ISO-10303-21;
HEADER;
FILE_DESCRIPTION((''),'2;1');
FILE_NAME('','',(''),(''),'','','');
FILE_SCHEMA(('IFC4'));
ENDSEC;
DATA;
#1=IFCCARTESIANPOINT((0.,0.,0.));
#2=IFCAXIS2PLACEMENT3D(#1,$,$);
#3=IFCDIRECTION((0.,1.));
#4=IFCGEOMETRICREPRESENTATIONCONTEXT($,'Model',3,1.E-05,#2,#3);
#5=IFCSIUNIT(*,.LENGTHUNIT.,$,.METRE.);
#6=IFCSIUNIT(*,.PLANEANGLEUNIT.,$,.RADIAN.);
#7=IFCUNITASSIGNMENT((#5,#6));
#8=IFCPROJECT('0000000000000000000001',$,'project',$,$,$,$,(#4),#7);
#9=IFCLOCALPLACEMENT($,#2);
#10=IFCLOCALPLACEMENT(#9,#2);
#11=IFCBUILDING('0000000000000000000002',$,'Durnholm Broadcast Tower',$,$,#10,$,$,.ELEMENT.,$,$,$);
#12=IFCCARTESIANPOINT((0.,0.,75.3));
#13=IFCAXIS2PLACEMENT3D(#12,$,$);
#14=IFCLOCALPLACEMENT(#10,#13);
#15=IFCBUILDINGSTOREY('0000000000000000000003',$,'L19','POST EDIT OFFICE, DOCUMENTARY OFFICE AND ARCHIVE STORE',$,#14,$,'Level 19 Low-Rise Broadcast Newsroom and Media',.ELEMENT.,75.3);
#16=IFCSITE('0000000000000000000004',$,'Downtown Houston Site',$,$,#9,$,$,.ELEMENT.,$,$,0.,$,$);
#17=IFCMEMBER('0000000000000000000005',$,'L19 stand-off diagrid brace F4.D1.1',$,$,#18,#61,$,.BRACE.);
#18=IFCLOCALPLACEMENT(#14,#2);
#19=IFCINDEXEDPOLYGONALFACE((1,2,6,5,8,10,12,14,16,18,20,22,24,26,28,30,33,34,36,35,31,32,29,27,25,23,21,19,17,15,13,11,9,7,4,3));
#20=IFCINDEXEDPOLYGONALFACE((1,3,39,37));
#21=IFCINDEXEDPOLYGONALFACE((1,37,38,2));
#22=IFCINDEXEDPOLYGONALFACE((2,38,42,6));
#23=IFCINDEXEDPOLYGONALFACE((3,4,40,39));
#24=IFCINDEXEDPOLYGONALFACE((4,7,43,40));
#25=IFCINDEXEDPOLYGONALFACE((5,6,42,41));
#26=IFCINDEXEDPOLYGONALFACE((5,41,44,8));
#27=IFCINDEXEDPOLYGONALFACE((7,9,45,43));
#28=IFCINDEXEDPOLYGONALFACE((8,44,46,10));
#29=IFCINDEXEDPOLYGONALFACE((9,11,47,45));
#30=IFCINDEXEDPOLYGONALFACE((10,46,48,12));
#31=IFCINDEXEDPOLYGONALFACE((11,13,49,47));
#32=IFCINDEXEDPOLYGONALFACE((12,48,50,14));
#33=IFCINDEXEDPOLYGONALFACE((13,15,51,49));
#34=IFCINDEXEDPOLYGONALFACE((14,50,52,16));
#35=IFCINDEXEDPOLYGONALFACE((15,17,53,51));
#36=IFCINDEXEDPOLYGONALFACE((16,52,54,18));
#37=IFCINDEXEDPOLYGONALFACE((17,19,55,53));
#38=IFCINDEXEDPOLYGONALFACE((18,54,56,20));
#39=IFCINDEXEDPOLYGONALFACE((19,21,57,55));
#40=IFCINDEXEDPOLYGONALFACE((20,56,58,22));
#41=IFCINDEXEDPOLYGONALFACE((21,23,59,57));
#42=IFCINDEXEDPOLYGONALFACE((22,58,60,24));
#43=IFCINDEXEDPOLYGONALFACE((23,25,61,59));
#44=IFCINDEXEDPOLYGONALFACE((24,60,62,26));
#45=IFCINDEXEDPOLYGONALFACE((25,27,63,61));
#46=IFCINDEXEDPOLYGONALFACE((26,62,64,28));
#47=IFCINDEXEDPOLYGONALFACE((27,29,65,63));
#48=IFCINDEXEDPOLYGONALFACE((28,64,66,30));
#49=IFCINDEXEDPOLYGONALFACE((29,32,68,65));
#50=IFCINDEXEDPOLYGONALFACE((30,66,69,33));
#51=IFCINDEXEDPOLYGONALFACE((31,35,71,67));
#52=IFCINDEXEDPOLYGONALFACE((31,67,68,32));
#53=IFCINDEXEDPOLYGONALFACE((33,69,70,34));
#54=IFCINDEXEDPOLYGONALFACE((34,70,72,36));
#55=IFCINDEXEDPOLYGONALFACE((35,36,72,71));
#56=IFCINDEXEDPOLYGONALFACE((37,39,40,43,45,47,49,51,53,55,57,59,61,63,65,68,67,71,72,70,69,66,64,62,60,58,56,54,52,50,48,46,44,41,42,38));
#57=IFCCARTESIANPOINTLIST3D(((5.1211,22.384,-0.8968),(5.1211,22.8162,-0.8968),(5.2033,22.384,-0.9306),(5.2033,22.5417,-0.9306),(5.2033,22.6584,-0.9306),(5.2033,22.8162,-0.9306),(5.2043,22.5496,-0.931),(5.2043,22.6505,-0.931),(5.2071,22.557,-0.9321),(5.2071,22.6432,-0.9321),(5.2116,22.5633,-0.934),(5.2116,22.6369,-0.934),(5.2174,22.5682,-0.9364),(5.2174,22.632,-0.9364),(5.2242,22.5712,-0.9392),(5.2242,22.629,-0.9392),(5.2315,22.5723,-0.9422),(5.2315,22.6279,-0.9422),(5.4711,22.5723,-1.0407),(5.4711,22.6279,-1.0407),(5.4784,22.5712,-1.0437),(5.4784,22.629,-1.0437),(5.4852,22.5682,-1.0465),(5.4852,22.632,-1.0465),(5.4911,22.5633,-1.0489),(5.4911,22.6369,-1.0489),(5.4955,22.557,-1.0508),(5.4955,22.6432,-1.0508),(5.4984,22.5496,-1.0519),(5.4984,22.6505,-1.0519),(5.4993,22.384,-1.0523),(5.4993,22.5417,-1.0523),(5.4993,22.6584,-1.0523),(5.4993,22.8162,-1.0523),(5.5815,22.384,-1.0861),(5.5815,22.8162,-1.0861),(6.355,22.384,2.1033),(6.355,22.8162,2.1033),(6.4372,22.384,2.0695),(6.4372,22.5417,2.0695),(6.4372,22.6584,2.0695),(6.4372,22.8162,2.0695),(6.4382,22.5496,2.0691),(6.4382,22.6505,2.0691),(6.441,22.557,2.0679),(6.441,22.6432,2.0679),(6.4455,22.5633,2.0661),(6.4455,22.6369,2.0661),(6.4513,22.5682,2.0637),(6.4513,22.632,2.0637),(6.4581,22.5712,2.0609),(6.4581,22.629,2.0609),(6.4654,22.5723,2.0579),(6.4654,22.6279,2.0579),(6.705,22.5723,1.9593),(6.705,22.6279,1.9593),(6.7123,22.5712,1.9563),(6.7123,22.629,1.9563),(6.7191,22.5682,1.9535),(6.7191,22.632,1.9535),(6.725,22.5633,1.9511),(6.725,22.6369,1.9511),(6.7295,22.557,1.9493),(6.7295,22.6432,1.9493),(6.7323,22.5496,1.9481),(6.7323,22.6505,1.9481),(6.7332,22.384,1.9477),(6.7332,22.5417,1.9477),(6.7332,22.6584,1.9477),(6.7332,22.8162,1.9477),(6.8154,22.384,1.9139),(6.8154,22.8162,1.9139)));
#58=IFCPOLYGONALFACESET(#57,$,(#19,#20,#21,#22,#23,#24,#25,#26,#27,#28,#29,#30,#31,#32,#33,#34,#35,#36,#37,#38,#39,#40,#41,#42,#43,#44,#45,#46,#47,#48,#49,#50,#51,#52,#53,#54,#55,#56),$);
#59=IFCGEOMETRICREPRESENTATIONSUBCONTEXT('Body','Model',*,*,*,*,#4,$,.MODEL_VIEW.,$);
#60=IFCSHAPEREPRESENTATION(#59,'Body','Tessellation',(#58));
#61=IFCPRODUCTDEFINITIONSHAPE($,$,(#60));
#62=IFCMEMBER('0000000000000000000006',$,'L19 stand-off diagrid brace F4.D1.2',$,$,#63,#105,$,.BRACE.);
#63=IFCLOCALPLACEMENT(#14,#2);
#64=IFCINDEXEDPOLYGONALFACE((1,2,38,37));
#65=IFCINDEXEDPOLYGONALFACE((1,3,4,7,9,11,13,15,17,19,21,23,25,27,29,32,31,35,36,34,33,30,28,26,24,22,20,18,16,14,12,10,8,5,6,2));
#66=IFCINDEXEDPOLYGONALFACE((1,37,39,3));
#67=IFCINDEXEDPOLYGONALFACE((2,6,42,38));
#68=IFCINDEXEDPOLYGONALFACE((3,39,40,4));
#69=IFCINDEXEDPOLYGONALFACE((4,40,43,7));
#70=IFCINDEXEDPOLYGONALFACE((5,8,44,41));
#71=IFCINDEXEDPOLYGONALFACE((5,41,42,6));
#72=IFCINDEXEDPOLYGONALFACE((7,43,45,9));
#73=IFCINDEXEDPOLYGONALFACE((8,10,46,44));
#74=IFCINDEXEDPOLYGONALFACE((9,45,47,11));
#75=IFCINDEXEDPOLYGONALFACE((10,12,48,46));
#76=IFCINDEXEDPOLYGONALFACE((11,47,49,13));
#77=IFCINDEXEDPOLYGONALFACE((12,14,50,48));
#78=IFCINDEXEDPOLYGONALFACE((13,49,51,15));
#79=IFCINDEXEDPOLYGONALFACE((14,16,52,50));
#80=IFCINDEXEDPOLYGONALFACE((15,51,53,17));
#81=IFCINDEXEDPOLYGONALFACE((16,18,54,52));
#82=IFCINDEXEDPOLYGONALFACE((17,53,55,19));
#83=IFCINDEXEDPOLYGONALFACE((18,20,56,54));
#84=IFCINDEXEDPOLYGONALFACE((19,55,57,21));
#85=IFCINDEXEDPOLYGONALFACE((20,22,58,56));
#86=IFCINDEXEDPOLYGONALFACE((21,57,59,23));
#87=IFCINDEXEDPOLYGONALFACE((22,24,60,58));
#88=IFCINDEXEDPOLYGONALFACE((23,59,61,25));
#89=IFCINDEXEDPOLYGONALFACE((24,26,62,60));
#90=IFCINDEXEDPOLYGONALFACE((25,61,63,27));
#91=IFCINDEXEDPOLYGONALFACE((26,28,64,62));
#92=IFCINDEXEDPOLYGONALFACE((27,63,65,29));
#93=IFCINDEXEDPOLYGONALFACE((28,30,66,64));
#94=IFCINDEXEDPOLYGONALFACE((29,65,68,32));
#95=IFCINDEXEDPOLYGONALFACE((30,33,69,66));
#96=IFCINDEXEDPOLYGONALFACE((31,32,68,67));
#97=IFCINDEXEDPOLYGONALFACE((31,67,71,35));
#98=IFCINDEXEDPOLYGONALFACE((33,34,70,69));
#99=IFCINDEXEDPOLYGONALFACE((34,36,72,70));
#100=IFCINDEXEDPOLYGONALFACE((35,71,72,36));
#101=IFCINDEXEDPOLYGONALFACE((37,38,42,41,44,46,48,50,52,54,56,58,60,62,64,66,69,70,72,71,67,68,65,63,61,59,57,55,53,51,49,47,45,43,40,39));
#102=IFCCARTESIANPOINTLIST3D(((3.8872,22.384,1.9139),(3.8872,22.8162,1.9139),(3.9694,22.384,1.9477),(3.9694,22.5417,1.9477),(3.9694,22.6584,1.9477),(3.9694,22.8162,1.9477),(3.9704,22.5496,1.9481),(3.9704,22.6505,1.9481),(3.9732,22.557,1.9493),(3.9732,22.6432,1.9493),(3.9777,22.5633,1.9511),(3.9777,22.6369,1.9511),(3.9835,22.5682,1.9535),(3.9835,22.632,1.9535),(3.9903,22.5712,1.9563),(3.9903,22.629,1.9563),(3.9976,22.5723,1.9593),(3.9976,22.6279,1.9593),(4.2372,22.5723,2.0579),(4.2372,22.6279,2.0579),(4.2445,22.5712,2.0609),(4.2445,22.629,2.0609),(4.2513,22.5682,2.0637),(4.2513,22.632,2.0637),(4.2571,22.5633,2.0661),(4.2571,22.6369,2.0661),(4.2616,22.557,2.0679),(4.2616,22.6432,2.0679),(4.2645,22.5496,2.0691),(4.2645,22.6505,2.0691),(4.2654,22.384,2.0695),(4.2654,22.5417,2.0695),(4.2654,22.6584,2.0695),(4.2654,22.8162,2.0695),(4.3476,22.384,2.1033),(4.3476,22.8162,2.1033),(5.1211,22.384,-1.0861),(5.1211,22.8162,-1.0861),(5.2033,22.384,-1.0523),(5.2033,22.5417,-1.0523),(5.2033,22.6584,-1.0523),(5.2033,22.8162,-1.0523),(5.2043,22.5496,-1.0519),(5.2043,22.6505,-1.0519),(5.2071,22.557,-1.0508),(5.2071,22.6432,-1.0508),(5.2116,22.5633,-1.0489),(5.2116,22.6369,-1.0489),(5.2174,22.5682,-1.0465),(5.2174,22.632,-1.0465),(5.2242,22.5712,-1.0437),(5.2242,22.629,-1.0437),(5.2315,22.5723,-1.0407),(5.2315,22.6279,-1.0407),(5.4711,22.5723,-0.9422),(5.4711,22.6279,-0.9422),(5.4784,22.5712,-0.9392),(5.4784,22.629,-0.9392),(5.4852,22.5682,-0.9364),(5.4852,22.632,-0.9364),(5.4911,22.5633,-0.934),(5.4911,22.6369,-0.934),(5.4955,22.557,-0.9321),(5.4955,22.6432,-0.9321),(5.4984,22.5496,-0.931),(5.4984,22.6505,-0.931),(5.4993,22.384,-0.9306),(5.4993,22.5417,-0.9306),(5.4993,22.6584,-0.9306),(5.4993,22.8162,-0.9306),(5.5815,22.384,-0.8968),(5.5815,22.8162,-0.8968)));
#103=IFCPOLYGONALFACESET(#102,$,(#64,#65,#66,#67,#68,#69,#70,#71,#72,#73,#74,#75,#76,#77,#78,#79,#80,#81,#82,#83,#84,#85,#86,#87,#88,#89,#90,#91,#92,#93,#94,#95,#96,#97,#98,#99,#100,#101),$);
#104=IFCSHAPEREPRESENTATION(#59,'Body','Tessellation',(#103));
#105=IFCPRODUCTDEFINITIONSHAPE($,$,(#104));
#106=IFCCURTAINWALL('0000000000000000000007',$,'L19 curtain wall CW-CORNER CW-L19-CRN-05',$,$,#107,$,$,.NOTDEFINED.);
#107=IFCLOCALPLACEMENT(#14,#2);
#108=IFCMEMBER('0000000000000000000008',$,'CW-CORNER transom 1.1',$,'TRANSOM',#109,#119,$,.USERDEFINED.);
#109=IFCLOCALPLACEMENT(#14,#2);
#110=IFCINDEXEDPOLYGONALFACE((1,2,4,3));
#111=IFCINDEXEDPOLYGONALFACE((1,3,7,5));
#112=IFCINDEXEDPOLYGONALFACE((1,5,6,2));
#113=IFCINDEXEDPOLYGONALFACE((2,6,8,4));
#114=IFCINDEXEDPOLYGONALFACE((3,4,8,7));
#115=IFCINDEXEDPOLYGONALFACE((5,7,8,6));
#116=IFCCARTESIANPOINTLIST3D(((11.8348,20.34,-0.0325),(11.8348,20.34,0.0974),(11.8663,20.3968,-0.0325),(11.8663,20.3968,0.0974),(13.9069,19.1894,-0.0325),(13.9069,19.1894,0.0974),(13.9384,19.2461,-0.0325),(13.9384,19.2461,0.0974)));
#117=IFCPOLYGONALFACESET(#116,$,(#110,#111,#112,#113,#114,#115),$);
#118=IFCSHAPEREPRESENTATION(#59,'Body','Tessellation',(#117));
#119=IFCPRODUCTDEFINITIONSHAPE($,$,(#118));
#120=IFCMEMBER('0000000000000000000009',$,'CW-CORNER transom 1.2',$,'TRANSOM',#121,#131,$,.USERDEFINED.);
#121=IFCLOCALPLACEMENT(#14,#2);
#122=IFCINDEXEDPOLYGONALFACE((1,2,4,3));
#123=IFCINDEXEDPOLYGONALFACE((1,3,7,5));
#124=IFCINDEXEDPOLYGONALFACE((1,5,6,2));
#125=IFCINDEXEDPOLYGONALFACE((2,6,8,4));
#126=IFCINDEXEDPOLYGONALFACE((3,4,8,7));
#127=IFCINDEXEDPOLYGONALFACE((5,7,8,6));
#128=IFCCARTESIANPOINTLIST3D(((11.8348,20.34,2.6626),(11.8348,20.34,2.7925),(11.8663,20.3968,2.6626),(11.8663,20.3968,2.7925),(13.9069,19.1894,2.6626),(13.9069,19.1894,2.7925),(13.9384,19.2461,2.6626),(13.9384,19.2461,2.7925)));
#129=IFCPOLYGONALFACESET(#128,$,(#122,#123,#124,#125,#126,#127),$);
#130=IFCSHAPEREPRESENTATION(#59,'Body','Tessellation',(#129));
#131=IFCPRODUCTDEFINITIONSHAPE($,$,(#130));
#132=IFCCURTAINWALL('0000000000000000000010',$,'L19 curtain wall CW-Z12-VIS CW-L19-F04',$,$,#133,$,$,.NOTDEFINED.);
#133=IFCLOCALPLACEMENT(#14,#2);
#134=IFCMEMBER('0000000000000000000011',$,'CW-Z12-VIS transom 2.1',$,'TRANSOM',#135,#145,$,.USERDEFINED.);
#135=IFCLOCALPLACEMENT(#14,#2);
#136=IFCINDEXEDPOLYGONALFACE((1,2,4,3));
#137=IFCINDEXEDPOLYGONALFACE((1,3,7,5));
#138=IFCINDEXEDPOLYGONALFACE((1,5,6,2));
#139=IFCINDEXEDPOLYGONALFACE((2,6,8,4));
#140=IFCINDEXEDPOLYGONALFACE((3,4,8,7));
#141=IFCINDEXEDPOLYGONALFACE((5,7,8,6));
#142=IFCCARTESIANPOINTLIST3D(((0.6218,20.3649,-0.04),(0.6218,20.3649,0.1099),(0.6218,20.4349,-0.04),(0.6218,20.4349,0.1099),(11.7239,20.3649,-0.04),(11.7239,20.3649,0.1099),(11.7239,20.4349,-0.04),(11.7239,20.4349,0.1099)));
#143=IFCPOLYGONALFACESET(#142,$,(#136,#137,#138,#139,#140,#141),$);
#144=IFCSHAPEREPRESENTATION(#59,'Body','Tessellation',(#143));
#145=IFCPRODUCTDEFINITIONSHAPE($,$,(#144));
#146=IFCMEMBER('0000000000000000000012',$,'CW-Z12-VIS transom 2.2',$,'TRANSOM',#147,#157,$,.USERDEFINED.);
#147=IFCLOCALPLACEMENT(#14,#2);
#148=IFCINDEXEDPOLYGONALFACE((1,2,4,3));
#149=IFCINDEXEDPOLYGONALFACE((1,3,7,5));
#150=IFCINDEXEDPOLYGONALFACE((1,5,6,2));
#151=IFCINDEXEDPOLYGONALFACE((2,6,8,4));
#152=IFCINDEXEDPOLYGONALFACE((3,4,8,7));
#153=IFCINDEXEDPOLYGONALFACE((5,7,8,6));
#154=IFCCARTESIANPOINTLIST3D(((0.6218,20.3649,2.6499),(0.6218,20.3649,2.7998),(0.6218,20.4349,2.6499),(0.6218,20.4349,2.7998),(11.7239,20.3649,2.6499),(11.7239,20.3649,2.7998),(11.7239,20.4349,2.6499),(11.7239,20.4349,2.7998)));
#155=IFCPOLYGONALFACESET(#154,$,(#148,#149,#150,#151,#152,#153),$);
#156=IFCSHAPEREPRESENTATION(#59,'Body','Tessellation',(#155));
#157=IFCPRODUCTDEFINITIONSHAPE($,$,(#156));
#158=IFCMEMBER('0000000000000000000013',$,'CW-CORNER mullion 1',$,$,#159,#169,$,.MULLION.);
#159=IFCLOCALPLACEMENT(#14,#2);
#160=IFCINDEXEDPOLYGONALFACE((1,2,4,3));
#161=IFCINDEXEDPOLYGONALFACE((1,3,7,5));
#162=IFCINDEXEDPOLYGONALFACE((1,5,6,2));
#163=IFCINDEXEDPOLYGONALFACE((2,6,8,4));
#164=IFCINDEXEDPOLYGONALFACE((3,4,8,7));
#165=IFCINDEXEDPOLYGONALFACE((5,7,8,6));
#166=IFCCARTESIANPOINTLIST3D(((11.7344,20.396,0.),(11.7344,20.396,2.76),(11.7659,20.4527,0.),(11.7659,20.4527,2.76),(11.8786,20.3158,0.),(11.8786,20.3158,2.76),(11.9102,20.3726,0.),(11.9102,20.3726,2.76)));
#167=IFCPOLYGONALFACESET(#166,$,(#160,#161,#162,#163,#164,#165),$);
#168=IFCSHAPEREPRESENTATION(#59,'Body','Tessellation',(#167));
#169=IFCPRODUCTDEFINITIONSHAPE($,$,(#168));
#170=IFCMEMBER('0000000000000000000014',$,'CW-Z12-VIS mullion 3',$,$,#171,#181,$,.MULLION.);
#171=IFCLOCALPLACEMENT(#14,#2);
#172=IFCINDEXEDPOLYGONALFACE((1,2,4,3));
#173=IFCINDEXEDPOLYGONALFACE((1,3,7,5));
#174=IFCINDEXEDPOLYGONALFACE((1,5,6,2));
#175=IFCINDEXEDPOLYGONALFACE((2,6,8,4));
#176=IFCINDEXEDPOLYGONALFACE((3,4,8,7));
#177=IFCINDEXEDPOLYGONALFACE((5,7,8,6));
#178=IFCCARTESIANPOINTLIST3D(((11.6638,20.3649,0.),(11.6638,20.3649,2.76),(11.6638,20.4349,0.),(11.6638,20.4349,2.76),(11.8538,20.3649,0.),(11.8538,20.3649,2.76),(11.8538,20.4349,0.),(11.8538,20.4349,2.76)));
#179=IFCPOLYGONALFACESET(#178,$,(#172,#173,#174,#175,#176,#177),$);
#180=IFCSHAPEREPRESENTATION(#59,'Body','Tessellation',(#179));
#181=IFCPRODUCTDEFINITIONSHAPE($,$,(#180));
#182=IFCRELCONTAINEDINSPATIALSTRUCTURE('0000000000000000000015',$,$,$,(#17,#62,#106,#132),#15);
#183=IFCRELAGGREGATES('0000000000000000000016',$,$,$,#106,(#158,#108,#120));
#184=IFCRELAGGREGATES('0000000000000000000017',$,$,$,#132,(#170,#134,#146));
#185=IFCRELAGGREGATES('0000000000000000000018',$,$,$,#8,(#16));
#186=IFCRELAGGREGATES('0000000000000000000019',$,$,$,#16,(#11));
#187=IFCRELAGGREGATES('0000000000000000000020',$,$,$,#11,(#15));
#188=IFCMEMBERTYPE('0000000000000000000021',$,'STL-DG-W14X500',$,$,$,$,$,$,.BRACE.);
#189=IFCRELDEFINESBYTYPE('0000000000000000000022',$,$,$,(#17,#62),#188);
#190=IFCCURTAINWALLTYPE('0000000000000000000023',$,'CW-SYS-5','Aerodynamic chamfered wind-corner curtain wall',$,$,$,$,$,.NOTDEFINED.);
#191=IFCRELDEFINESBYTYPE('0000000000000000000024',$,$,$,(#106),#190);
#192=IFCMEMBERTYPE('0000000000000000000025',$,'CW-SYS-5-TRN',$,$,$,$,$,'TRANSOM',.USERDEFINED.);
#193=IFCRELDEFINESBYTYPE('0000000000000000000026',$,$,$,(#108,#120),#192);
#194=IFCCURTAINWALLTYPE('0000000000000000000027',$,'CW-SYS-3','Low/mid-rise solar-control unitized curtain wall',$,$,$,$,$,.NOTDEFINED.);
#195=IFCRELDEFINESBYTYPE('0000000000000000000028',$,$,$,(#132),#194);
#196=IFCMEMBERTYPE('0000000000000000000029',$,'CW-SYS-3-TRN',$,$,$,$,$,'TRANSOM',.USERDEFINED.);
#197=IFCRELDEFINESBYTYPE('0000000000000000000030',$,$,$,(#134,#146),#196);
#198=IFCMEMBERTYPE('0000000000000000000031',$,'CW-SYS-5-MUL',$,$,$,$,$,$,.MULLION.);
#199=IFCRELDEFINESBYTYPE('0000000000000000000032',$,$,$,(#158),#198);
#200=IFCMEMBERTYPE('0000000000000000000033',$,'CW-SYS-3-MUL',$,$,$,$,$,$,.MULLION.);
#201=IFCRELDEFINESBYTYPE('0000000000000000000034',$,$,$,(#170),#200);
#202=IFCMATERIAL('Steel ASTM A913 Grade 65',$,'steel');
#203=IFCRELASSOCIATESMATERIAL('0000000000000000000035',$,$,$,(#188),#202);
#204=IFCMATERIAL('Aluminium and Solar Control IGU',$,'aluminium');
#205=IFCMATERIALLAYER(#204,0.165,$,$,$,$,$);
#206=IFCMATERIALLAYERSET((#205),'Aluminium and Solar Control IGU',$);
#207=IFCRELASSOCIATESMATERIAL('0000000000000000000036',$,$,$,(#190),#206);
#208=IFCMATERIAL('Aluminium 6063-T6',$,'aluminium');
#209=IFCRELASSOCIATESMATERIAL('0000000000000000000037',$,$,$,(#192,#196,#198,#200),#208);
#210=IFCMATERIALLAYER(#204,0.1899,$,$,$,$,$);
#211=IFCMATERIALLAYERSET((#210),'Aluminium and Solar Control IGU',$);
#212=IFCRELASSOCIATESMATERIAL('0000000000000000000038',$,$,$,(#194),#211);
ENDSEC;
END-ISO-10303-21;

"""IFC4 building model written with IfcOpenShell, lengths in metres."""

from ifc_helpers import new_model, si_unit, direction, frame, origin, origin_2d, place, context, subcontext, project, spatial, rectangle, i_section, extrude, source, transform, mapped, material, layer, layer_set, material_profile, profile_set, type_object, type_shapes, element, aggregate, save


model = new_model("IFC4")

# Units and contexts
model_context = context("Model", 3, precision=1e-05, world=origin(), true_north=direction((0.0, 1.0)))
body_context = subcontext(model_context, "Body", "Model", "MODEL_VIEW")
ifc_project = project(units=[si_unit("LENGTHUNIT", "METRE"), si_unit("PLANEANGLEUNIT", "RADIAN")], contexts=[model_context])

# Site, building, storey
site_placement = place(None, origin())
site = spatial("IfcSite", under=ifc_project, at=site_placement, Name="Downtown Houston Site", CompositionType="ELEMENT", RefElevation=0.0)
building_placement = place(site_placement, origin())
building = spatial("IfcBuilding", under=site, at=building_placement, Name="Durnholm Broadcast Tower", CompositionType="ELEMENT")
storey_placement = place(building_placement, frame((0.0, 0.0, 75.3)))
storey = spatial("IfcBuildingStorey", under=building, at=storey_placement, Name="L19", Description="POST EDIT OFFICE, DOCUMENTARY OFFICE AND ARCHIVE STORE", LongName="Level 19 Low-Rise Broadcast Newsroom and Media", CompositionType="ELEMENT", Elevation=75.3)

# Members
ifc_material_1 = material(Name="Steel ASTM A913 Grade 65", Category="steel")
ifc_material_profile_1 = material_profile(ifc_material_1, i_section(OverallWidth=0.4321, OverallDepth=0.4978, WebThickness=0.0557, FlangeThickness=0.0889, FilletRadius=0.0305, at=origin_2d()), Name="W14X500")
ifc_profile_set_1 = profile_set([ifc_material_profile_1], Name="Steel ASTM A913 Grade 65")
member_type_1 = type_object("IfcMemberType", Name="STL-DG-W14X500", PredefinedType="BRACE", material=ifc_profile_set_1)
shared_shape_1 = source(origin(), body_context, "Body", "SweptSolid", [
    extrude(i_section(OverallWidth=0.4321, OverallDepth=0.4978, WebThickness=0.0557, FlangeThickness=0.0889, FilletRadius=0.0305, at=origin_2d()), origin(), (0.0, 0.0, 1.0), 3.2439),
])
type_shapes(member_type_1, [shared_shape_1])
for number, where, z_axis, x_axis, name in (
    (1, (5.3513, 22.6001, -0.9915), (0.380379, 0.0, 0.924831), (0.0, 1.0, 0.0), "L19 stand-off diagrid brace F4.D1.1"),
    (2, (5.3513, 22.6001, -0.9915), (-0.380379, 0.0, 0.924831), (0.0, -1.0, 0.0), "L19 stand-off diagrid brace F4.D1.2"),
):
    element("IfcMember", number, at=place(storey_placement, frame(where, z_axis=z_axis, x_axis=x_axis)), inside=storey, type_object=member_type_1, Name=name, PredefinedType="BRACE", context=body_context, shape_type="MappedRepresentation", body=[
        mapped(shared_shape_1, transform((0.0, 0.0, 0.0), x_axis=(1.0, 0.0, 0.0), y_axis=(0.0, 1.0, 0.0), z_axis=(0.0, 0.0, 1.0), scale=1.0)),
    ])

# Curtain walls, members
ifc_material_2 = material(Name="Aluminium and Solar Control IGU", Category="aluminium")
ifc_layer_1 = layer(ifc_material_2, 0.165)
ifc_layer_set_1 = layer_set([ifc_layer_1], Name="Aluminium and Solar Control IGU")
curtain_wall_type_1 = type_object("IfcCurtainWallType", Name="CW-SYS-5", Description="Aerodynamic chamfered wind-corner curtain wall", PredefinedType="NOTDEFINED", material=ifc_layer_set_1)
curtain_wall_1_placement = place(storey_placement, origin())
curtain_wall_1 = element("IfcCurtainWall", 3, at=curtain_wall_1_placement, inside=storey, type_object=curtain_wall_type_1, Name="L19 curtain wall CW-CORNER CW-L19-CRN-05", PredefinedType="NOTDEFINED")
ifc_material_3 = material(Name="Aluminium 6063-T6", Category="aluminium")
ifc_material_profile_2 = material_profile(ifc_material_3, rectangle(XDim=0.0649, YDim=0.1299, at=origin_2d()), Name="CWT65X130")
ifc_profile_set_2 = profile_set([ifc_material_profile_2], Name="Aluminium 6063-T6")
member_type_2 = type_object("IfcMemberType", Name="CW-SYS-5-TRN", ElementType="TRANSOM", PredefinedType="USERDEFINED", material=ifc_profile_set_2)
shared_shape_2 = source(origin(), body_context, "Body", "SweptSolid", [
    extrude(rectangle(XDim=0.0649, YDim=0.1299, at=origin_2d()), origin(), (0.0, 0.0, 1.0), 2.3701),
])
type_shapes(member_type_2, [shared_shape_2])
member_1_placement = place(storey_placement, frame((11.8506, 20.3684, 0.0325), z_axis=(0.874245, -0.485485, 0.0), x_axis=(0.485485, 0.874245, 0.0)))
member_1 = element("IfcMember", 4, at=member_1_placement, type_object=member_type_2, Name="CW-CORNER transom 1.1", ObjectType="TRANSOM", PredefinedType="USERDEFINED", context=body_context, shape_type="MappedRepresentation", body=[
    mapped(shared_shape_2, transform((0.0, 0.0, 0.0), x_axis=(1.0, 0.0, 0.0), y_axis=(0.0, 1.0, 0.0), z_axis=(0.0, 0.0, 1.0), scale=1.0)),
])
member_2_placement = place(storey_placement, frame((11.8506, 20.3684, 2.7275), z_axis=(0.874245, -0.485485, 0.0), x_axis=(0.485485, 0.874245, 0.0)))
member_2 = element("IfcMember", 5, at=member_2_placement, type_object=member_type_2, Name="CW-CORNER transom 1.2", ObjectType="TRANSOM", PredefinedType="USERDEFINED", context=body_context, shape_type="MappedRepresentation", body=[
    mapped(shared_shape_2, transform((0.0, 0.0, 0.0), x_axis=(1.0, 0.0, 0.0), y_axis=(0.0, 1.0, 0.0), z_axis=(0.0, 0.0, 1.0), scale=1.0)),
])
ifc_layer_2 = layer(ifc_material_2, 0.1899)
ifc_layer_set_2 = layer_set([ifc_layer_2], Name="Aluminium and Solar Control IGU")
curtain_wall_type_2 = type_object("IfcCurtainWallType", Name="CW-SYS-3", Description="Low/mid-rise solar-control unitized curtain wall", PredefinedType="NOTDEFINED", material=ifc_layer_set_2)
curtain_wall_2_placement = place(storey_placement, origin())
curtain_wall_2 = element("IfcCurtainWall", 6, at=curtain_wall_2_placement, inside=storey, type_object=curtain_wall_type_2, Name="L19 curtain wall CW-Z12-VIS CW-L19-F04", PredefinedType="NOTDEFINED")
ifc_material_profile_3 = material_profile(ifc_material_3, rectangle(XDim=0.0701, YDim=0.1499, at=origin_2d()), Name="CWT70X150")
ifc_profile_set_3 = profile_set([ifc_material_profile_3], Name="Aluminium 6063-T6")
member_type_3 = type_object("IfcMemberType", Name="CW-SYS-3-TRN", ElementType="TRANSOM", PredefinedType="USERDEFINED", material=ifc_profile_set_3)
shared_shape_3 = source(origin(), body_context, "Body", "SweptSolid", [
    extrude(rectangle(XDim=0.0701, YDim=0.1499, at=origin_2d()), origin(), (0.0, 0.0, 1.0), 11.1021),
])
type_shapes(member_type_3, [shared_shape_3])
member_3_placement = place(storey_placement, frame((0.6218, 20.3999, 0.0349), z_axis=(1.0, 0.0, 0.0), x_axis=(0.0, 1.0, 0.0)))
member_3 = element("IfcMember", 7, at=member_3_placement, type_object=member_type_3, Name="CW-Z12-VIS transom 2.1", ObjectType="TRANSOM", PredefinedType="USERDEFINED", context=body_context, shape_type="MappedRepresentation", body=[
    mapped(shared_shape_3, transform((0.0, 0.0, 0.0), x_axis=(1.0, 0.0, 0.0), y_axis=(0.0, 1.0, 0.0), z_axis=(0.0, 0.0, 1.0), scale=1.0)),
])
member_4_placement = place(storey_placement, frame((0.6218, 20.3999, 2.7249), z_axis=(1.0, 0.0, 0.0), x_axis=(0.0, 1.0, 0.0)))
member_4 = element("IfcMember", 8, at=member_4_placement, type_object=member_type_3, Name="CW-Z12-VIS transom 2.2", ObjectType="TRANSOM", PredefinedType="USERDEFINED", context=body_context, shape_type="MappedRepresentation", body=[
    mapped(shared_shape_3, transform((0.0, 0.0, 0.0), x_axis=(1.0, 0.0, 0.0), y_axis=(0.0, 1.0, 0.0), z_axis=(0.0, 0.0, 1.0), scale=1.0)),
])

# Members
ifc_material_profile_4 = material_profile(ifc_material_3, rectangle(XDim=0.0649, YDim=0.165, at=origin_2d()), Name="CWM65X165")
ifc_profile_set_4 = profile_set([ifc_material_profile_4], Name="Aluminium 6063-T6")
member_type_4 = type_object("IfcMemberType", Name="CW-SYS-5-MUL", PredefinedType="MULLION", material=ifc_profile_set_4)
shared_shape_4 = source(origin(), body_context, "Body", "SweptSolid", [
    extrude(rectangle(XDim=0.0649, YDim=0.165, at=origin_2d()), origin(), (0.0, 0.0, 1.0), 2.76),
])
type_shapes(member_type_4, [shared_shape_4])
member_5_placement = place(storey_placement, frame((11.8223, 20.3843, 0.0), z_axis=(0.0, 0.0, 1.0), x_axis=(0.485483, 0.874246, 0.0)))
member_5 = element("IfcMember", 9, at=member_5_placement, type_object=member_type_4, Name="CW-CORNER mullion 1", PredefinedType="MULLION", context=body_context, shape_type="MappedRepresentation", body=[
    mapped(shared_shape_4, transform((0.0, 0.0, 0.0), x_axis=(1.0, 0.0, 0.0), y_axis=(0.0, 1.0, 0.0), z_axis=(0.0, 0.0, 1.0), scale=1.0)),
])
aggregate(curtain_wall_1, [member_5, member_1, member_2])
ifc_material_profile_5 = material_profile(ifc_material_3, rectangle(XDim=0.0701, YDim=0.1899, at=origin_2d()), Name="CWM70X190")
ifc_profile_set_5 = profile_set([ifc_material_profile_5], Name="Aluminium 6063-T6")
member_type_5 = type_object("IfcMemberType", Name="CW-SYS-3-MUL", PredefinedType="MULLION", material=ifc_profile_set_5)
shared_shape_5 = source(origin(), body_context, "Body", "SweptSolid", [
    extrude(rectangle(XDim=0.0701, YDim=0.1899, at=origin_2d()), origin(), (0.0, 0.0, 1.0), 2.76),
])
type_shapes(member_type_5, [shared_shape_5])
member_6_placement = place(storey_placement, frame((11.7588, 20.3999, 0.0), z_axis=(0.0, 0.0, 1.0), x_axis=(0.0, 1.0, 0.0)))
member_6 = element("IfcMember", 10, at=member_6_placement, type_object=member_type_5, Name="CW-Z12-VIS mullion 3", PredefinedType="MULLION", context=body_context, shape_type="MappedRepresentation", body=[
    mapped(shared_shape_5, transform((0.0, 0.0, 0.0), x_axis=(1.0, 0.0, 0.0), y_axis=(0.0, 1.0, 0.0), z_axis=(0.0, 0.0, 1.0), scale=1.0)),
])

aggregate(curtain_wall_2, [member_6, member_3, member_4])

save(model, "model.ifc")
